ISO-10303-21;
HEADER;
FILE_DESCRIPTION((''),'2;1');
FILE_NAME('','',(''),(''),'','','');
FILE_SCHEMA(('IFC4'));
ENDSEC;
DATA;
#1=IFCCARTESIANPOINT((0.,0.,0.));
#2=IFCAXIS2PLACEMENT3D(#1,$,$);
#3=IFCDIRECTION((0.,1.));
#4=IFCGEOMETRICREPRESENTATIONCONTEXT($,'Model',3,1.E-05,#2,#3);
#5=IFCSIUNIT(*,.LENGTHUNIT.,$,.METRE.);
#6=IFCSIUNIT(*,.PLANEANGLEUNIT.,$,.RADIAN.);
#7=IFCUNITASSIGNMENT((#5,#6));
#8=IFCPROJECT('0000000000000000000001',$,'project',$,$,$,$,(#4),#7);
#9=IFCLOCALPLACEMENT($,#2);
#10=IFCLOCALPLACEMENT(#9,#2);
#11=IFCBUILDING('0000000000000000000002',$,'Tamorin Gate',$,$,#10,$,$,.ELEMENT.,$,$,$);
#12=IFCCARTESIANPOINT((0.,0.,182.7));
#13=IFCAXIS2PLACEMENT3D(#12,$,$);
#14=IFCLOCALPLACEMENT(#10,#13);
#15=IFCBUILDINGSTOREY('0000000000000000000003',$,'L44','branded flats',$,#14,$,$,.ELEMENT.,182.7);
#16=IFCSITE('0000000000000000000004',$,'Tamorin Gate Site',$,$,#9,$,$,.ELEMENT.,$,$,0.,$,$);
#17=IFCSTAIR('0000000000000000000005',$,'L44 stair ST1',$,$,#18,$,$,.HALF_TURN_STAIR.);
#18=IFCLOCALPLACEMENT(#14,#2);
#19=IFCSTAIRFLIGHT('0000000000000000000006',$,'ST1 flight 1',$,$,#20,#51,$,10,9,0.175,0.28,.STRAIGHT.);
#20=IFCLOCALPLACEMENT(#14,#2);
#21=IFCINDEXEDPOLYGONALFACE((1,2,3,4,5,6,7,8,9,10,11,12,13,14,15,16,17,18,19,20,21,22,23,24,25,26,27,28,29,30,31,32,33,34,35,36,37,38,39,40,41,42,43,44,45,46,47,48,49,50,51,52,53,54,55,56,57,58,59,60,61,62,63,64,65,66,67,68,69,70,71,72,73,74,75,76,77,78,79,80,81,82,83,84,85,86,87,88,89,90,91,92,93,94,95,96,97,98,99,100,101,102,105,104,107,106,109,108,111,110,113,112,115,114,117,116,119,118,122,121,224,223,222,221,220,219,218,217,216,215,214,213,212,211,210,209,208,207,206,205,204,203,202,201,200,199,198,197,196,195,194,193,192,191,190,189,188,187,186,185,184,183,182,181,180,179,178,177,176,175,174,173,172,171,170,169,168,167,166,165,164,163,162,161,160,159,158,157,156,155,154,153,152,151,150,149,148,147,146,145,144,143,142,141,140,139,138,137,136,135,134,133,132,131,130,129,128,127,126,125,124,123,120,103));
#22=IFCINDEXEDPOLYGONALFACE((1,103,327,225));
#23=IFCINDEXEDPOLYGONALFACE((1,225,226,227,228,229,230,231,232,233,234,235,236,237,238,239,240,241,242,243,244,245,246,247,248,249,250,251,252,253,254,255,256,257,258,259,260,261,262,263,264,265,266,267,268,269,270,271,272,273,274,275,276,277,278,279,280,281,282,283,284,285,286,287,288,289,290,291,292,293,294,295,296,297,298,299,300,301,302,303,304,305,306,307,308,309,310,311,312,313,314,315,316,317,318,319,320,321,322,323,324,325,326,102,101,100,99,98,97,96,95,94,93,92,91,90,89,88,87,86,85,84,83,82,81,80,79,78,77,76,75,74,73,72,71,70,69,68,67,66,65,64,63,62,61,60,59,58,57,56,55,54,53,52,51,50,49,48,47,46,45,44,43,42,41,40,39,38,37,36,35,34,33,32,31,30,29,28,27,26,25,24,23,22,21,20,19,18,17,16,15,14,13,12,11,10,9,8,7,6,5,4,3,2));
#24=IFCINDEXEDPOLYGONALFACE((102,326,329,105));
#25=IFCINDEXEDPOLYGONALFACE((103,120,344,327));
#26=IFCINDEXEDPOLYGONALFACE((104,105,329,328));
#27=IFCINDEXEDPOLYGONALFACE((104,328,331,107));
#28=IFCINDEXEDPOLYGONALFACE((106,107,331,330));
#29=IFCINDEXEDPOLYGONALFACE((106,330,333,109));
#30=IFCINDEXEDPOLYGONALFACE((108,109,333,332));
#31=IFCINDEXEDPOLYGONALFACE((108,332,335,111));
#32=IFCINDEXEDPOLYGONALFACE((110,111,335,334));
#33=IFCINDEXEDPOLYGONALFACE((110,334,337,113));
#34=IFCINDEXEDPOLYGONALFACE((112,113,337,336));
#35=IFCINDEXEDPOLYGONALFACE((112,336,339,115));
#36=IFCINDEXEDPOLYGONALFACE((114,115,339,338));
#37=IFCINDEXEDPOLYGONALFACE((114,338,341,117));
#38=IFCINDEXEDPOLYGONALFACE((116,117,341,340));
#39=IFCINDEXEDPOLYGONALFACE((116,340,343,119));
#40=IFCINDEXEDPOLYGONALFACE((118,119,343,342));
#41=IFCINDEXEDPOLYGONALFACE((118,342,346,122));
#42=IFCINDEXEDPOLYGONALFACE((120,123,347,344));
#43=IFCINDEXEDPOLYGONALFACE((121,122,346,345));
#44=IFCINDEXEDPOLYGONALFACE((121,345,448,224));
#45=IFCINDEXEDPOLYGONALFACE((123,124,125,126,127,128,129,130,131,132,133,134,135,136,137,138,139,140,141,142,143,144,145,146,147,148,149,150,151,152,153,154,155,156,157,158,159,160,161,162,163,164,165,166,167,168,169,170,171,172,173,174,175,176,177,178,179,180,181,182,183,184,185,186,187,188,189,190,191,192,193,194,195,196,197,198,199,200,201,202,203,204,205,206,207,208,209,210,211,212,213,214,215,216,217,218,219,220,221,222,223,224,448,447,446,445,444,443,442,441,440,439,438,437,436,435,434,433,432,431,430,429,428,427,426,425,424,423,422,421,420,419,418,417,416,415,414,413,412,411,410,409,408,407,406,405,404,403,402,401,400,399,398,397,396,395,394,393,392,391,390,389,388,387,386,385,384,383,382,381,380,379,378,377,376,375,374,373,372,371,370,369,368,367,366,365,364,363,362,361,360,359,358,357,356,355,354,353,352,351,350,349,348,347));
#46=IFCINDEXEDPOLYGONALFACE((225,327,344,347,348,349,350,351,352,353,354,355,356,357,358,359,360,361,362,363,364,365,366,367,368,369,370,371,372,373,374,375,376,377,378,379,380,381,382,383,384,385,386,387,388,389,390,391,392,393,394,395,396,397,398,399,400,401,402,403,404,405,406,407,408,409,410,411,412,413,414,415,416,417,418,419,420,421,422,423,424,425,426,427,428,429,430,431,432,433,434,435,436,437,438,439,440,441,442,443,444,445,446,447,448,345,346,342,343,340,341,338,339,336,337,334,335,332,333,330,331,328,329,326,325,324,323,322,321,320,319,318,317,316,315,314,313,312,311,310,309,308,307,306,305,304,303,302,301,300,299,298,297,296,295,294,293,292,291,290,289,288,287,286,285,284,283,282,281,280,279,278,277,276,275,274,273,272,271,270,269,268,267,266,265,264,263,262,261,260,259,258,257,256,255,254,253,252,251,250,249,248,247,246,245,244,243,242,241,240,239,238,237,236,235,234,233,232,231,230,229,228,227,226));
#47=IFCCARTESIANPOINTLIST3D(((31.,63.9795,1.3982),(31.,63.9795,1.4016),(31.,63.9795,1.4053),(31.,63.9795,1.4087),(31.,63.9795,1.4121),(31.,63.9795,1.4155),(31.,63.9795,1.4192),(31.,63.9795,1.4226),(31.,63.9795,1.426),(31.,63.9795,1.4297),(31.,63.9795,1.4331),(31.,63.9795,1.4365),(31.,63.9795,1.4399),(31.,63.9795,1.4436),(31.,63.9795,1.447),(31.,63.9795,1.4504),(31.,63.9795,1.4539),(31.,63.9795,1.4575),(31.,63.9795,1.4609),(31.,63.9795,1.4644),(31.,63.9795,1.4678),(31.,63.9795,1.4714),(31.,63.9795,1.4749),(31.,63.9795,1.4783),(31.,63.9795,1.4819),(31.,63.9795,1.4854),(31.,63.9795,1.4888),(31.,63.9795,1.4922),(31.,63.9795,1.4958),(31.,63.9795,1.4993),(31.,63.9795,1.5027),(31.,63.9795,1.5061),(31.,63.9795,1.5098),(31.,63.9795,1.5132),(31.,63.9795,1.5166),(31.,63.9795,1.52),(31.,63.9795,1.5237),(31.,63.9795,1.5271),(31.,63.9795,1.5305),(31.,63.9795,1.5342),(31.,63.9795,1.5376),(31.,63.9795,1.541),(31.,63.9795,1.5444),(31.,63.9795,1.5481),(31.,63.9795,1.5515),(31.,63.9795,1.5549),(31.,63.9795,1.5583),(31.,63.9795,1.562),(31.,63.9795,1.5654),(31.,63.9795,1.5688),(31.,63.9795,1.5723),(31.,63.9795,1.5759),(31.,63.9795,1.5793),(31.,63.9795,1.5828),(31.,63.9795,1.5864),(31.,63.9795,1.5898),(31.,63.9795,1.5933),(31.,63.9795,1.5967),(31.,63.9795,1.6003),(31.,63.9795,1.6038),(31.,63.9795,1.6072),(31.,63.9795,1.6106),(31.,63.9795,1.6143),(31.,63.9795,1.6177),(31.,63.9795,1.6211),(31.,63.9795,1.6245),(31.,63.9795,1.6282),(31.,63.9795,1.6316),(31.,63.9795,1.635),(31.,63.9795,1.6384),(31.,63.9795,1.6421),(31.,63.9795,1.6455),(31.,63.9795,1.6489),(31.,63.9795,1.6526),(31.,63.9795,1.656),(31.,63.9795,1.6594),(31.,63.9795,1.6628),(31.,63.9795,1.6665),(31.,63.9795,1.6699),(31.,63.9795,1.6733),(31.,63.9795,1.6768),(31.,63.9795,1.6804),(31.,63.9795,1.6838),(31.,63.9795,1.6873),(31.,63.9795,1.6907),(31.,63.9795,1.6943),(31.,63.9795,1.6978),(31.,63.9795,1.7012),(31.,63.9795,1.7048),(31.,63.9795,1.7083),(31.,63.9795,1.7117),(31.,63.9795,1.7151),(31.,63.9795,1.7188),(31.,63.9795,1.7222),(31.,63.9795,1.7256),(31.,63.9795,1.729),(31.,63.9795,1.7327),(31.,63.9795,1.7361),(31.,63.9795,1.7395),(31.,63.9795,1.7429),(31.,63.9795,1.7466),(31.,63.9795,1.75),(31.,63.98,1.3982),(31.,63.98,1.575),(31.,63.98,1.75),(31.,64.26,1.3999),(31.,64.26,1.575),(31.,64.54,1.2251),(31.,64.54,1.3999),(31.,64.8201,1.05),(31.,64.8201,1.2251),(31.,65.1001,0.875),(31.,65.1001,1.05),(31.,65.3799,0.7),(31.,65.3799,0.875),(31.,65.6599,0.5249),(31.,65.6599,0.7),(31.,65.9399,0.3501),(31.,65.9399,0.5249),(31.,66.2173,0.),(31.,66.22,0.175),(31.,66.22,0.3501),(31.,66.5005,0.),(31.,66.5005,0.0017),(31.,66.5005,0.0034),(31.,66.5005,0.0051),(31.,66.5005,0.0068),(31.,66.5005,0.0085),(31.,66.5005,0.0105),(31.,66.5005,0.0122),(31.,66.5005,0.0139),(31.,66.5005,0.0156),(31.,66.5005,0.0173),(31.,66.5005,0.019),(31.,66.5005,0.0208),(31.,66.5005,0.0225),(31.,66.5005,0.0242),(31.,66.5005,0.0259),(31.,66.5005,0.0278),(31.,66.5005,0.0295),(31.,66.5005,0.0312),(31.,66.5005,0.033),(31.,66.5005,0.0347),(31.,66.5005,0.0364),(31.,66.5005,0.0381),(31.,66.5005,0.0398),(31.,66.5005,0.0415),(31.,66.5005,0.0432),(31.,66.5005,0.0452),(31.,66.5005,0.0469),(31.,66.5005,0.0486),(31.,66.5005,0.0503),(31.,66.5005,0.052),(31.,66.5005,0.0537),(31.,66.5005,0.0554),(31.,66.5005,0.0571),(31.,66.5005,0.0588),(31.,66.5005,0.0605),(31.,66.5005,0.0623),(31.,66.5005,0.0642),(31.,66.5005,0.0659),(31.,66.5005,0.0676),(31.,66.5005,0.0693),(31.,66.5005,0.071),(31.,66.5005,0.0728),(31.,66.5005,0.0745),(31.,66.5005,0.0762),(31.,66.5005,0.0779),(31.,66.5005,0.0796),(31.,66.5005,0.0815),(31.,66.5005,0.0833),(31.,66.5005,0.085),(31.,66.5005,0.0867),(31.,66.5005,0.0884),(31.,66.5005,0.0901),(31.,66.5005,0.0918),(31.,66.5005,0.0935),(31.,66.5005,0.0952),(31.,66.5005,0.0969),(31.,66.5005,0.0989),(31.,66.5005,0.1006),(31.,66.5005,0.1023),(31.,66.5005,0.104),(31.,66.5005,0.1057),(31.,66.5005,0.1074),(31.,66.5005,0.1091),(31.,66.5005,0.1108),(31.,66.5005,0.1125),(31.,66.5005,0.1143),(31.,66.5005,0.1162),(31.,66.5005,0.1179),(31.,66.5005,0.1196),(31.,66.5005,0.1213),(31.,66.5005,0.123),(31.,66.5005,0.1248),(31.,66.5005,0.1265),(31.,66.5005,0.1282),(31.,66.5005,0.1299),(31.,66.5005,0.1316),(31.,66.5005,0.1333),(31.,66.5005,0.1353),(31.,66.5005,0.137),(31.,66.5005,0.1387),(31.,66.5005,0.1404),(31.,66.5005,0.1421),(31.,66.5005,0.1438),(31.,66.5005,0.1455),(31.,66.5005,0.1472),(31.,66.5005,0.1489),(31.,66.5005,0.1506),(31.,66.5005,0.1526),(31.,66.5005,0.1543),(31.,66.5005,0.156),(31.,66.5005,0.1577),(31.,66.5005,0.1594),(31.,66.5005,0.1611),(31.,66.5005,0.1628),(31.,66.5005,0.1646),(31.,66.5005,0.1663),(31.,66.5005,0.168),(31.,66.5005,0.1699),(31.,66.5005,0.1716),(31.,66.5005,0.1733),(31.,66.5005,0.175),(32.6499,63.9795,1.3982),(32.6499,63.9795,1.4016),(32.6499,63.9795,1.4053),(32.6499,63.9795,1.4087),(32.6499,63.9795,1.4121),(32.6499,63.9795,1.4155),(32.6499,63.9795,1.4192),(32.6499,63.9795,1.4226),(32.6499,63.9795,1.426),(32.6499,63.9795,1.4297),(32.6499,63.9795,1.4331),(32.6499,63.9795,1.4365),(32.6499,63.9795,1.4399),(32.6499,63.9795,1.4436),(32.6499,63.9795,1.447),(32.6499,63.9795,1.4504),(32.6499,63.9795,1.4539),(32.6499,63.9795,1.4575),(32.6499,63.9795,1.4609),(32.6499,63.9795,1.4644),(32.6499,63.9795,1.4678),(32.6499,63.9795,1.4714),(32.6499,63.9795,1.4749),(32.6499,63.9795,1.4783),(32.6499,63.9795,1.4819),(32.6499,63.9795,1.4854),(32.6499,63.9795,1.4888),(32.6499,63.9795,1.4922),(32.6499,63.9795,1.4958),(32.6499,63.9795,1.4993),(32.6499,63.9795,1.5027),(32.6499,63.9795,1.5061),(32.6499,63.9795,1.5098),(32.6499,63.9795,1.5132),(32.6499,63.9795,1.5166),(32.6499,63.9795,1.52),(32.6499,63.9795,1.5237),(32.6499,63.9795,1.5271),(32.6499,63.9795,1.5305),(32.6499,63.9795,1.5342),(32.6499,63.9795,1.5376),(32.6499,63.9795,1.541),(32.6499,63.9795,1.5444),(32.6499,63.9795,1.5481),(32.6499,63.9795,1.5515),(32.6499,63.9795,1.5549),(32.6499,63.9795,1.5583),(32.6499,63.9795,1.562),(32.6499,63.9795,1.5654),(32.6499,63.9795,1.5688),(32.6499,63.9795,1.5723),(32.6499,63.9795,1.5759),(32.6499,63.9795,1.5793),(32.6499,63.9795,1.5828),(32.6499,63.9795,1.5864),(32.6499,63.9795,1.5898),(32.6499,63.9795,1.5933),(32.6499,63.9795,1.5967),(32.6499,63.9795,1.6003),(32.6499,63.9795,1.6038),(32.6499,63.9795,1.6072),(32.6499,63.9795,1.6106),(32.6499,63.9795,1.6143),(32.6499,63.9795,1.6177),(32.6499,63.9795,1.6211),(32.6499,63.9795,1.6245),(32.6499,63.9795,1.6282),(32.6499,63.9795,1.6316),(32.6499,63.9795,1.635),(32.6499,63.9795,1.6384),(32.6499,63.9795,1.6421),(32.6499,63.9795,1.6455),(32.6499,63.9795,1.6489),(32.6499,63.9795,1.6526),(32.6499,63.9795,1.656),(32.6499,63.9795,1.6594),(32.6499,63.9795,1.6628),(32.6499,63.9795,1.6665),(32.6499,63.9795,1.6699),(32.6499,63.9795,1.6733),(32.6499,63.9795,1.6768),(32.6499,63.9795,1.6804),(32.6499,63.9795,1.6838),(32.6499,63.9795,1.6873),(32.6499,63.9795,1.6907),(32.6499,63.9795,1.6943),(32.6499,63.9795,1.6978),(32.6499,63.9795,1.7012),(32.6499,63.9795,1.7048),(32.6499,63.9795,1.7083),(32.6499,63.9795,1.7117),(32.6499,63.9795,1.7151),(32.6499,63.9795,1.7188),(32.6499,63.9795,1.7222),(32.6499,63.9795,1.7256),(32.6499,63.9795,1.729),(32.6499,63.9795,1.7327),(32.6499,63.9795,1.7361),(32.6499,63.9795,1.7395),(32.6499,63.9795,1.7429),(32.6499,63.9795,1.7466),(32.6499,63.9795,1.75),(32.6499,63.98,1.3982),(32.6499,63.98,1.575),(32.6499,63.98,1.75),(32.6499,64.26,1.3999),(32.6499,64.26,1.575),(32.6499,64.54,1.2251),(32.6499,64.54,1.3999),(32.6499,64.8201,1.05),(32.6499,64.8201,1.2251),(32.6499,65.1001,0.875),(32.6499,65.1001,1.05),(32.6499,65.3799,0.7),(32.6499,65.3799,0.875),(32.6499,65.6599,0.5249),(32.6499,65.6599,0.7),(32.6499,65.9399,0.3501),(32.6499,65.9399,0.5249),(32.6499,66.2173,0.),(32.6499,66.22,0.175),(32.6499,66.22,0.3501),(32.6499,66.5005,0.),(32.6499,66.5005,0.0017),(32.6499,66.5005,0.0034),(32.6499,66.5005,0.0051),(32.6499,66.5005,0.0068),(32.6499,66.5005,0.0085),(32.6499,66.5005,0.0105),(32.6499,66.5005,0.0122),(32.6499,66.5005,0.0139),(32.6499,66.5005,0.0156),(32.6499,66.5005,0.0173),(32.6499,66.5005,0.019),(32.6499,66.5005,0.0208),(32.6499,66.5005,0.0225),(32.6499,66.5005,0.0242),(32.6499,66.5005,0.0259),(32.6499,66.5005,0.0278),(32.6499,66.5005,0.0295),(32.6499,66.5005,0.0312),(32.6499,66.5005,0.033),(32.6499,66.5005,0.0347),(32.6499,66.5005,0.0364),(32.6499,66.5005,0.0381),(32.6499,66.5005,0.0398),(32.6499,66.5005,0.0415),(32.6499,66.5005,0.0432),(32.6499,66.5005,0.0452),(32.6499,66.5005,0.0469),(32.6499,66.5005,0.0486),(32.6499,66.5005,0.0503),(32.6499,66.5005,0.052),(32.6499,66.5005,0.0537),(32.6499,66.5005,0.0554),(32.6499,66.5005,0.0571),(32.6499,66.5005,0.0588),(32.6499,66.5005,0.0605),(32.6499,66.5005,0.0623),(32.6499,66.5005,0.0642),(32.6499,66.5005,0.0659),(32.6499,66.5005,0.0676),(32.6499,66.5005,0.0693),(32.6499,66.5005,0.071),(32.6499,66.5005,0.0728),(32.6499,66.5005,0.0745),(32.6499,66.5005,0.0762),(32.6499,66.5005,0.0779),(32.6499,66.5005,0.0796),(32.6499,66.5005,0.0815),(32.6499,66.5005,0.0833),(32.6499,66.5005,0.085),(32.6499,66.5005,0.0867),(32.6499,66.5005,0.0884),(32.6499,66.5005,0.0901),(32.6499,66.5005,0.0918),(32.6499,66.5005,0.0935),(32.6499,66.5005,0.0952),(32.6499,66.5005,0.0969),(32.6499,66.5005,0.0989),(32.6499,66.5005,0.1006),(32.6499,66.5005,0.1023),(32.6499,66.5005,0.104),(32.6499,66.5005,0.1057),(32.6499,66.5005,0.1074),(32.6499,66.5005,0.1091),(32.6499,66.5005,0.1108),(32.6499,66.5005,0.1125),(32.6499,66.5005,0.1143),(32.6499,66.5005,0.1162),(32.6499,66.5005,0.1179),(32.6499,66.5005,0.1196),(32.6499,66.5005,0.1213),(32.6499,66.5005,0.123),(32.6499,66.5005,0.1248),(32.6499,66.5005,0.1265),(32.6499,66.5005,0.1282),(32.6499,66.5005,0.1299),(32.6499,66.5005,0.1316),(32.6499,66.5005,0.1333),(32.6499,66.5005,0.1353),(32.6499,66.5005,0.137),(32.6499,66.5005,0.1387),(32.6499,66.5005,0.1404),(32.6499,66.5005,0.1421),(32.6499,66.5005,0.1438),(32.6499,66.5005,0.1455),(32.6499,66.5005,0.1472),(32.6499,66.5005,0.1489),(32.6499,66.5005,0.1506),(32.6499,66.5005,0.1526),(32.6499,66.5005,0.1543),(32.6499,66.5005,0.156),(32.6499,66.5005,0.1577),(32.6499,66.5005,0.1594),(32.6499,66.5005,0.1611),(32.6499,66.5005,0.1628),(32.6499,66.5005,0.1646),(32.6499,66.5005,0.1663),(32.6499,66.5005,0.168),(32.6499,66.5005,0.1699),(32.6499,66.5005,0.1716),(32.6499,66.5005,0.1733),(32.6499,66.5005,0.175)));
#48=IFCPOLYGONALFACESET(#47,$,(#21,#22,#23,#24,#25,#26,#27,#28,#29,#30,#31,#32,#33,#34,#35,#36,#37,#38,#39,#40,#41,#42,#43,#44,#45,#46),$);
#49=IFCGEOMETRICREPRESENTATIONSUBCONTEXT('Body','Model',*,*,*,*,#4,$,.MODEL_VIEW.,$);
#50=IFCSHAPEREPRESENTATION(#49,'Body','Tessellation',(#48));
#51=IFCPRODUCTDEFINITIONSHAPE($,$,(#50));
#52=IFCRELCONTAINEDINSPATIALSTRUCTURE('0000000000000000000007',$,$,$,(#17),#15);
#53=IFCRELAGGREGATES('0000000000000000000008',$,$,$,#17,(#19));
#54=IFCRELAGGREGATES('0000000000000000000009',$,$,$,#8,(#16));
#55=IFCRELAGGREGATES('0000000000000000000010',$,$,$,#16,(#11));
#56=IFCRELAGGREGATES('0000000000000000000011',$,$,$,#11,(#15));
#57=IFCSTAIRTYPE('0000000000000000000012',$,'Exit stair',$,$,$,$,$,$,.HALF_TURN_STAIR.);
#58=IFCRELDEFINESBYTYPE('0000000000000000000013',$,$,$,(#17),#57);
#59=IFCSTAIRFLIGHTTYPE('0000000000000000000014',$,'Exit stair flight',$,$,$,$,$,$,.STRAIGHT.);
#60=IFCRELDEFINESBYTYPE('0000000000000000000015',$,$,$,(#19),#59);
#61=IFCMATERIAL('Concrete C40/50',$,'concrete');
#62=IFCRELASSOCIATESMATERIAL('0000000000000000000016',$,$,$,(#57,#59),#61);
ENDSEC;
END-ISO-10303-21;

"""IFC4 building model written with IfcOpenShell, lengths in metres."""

from ifc_helpers import new_model, si_unit, direction, frame, origin, place, context, subcontext, project, spatial, polyline, outline, extrude, material, type_object, element, aggregate, save


model = new_model("IFC4")

# Units and contexts
model_context = context("Model", 3, precision=1e-05, world=origin(), true_north=direction((0.0, 1.0)))
body_context = subcontext(model_context, "Body", "Model", "MODEL_VIEW")
ifc_project = project(units=[si_unit("LENGTHUNIT", "METRE"), si_unit("PLANEANGLEUNIT", "RADIAN")], contexts=[model_context])

# Site, building, storey
site_placement = place(None, origin())
site = spatial("IfcSite", under=ifc_project, at=site_placement, Name="Tamorin Gate Site", CompositionType="ELEMENT", RefElevation=0.0)
building_placement = place(site_placement, origin())
building = spatial("IfcBuilding", under=site, at=building_placement, Name="Tamorin Gate", CompositionType="ELEMENT")
storey_placement = place(building_placement, frame((0.0, 0.0, 182.7)))
storey = spatial("IfcBuildingStorey", under=building, at=storey_placement, Name="L44", Description="branded flats", CompositionType="ELEMENT", Elevation=182.7)

# Shared definitions
ifc_material_1 = material(Name="Concrete C40/50", Category="concrete")

# Stair, stair flight
stair_type = type_object("IfcStairType", Name="Exit stair", PredefinedType="HALF_TURN_STAIR", material=ifc_material_1)
stair_1_placement = place(storey_placement, origin())
stair_1 = element("IfcStair", 1, at=stair_1_placement, inside=storey, type_object=stair_type, Name="L44 stair ST1", PredefinedType="HALF_TURN_STAIR")
stair_flight_type = type_object("IfcStairFlightType", Name="Exit stair flight", PredefinedType="STRAIGHT", material=ifc_material_1)
stair_flight_1_placement = place(storey_placement, frame((31.825, 66.5, 0.0), z_axis=(0.0, 0.0, 1.0), x_axis=(0.0, -1.0, 0.0)))
stair_flight_1 = element("IfcStairFlight", 2, at=stair_flight_1_placement, type_object=stair_flight_type, Name="ST1 flight 1", NumberOfRisers=10, NumberOfTreads=9, PredefinedType="STRAIGHT", RiserHeight=0.175, TreadLength=0.28, context=body_context, shape_type="SweptSolid", body=[
    extrude(outline(polyline([(-0.0005, 0.0), (-0.0005, 0.0017), (-0.0005, 0.0034), (-0.0005, 0.0051), (-0.0005, 0.0068), (-0.0005, 0.0085), (-0.0005, 0.0105), (-0.0005, 0.0122), (-0.0005, 0.0139), (-0.0005, 0.0156), (-0.0005, 0.0173), (-0.0005, 0.019), (-0.0005, 0.0208), (-0.0005, 0.0225), (-0.0005, 0.0242), (-0.0005, 0.0259), (-0.0005, 0.0278), (-0.0005, 0.0295), (-0.0005, 0.0312), (-0.0005, 0.033), (-0.0005, 0.0347), (-0.0005, 0.0364), (-0.0005, 0.0381), (-0.0005, 0.0398), (-0.0005, 0.0415), (-0.0005, 0.0432), (-0.0005, 0.0452), (-0.0005, 0.0469), (-0.0005, 0.0486), (-0.0005, 0.0503), (-0.0005, 0.052), (-0.0005, 0.0537), (-0.0005, 0.0554), (-0.0005, 0.0571), (-0.0005, 0.0588), (-0.0005, 0.0605), (-0.0005, 0.0623), (-0.0005, 0.0642), (-0.0005, 0.0659), (-0.0005, 0.0676), (-0.0005, 0.0693), (-0.0005, 0.071), (-0.0005, 0.0728), (-0.0005, 0.0745), (-0.0005, 0.0762), (-0.0005, 0.0779), (-0.0005, 0.0796), (-0.0005, 0.0815), (-0.0005, 0.0833), (-0.0005, 0.085), (-0.0005, 0.0867), (-0.0005, 0.0884), (-0.0005, 0.0901), (-0.0005, 0.0918), (-0.0005, 0.0935), (-0.0005, 0.0952), (-0.0005, 0.0969), (-0.0005, 0.0989), (-0.0005, 0.1006), (-0.0005, 0.1023), (-0.0005, 0.104), (-0.0005, 0.1057), (-0.0005, 0.1074), (-0.0005, 0.1091), (-0.0005, 0.1108), (-0.0005, 0.1125), (-0.0005, 0.1143), (-0.0005, 0.1162), (-0.0005, 0.1179), (-0.0005, 0.1196), (-0.0005, 0.1213), (-0.0005, 0.123), (-0.0005, 0.1248), (-0.0005, 0.1265), (-0.0005, 0.1282), (-0.0005, 0.1299), (-0.0005, 0.1316), (-0.0005, 0.1333), (-0.0005, 0.1353), (-0.0005, 0.137), (-0.0005, 0.1387), (-0.0005, 0.1404), (-0.0005, 0.1421), (-0.0005, 0.1438), (-0.0005, 0.1455), (-0.0005, 0.1472), (-0.0005, 0.1489), (-0.0005, 0.1506), (-0.0005, 0.1526), (-0.0005, 0.1543), (-0.0005, 0.156), (-0.0005, 0.1577), (-0.0005, 0.1594), (-0.0005, 0.1611), (-0.0005, 0.1628), (-0.0005, 0.1646), (-0.0005, 0.1663), (-0.0005, 0.168), (-0.0005, 0.1699), (-0.0005, 0.1716), (-0.0005, 0.1733), (-0.0005, 0.175), (0.28, 0.175), (0.28, 0.3501), (0.5601, 0.3501), (0.5601, 0.5249), (0.8401, 0.5249), (0.8401, 0.7), (1.1201, 0.7), (1.1201, 0.875), (1.3999, 0.875), (1.3999, 1.05), (1.6799, 1.05), (1.6799, 1.2251), (1.96, 1.2251), (1.96, 1.3999), (2.24, 1.3999), (2.24, 1.575), (2.52, 1.575), (2.52, 1.75), (2.5205, 1.75), (2.5205, 1.7466), (2.5205, 1.7429), (2.5205, 1.7395), (2.5205, 1.7361), (2.5205, 1.7327), (2.5205, 1.729), (2.5205, 1.7256), (2.5205, 1.7222), (2.5205, 1.7188), (2.5205, 1.7151), (2.5205, 1.7117), (2.5205, 1.7083), (2.5205, 1.7048), (2.5205, 1.7012), (2.5205, 1.6978), (2.5205, 1.6943), (2.5205, 1.6907), (2.5205, 1.6873), (2.5205, 1.6838), (2.5205, 1.6804), (2.5205, 1.6768), (2.5205, 1.6733), (2.5205, 1.6699), (2.5205, 1.6665), (2.5205, 1.6628), (2.5205, 1.6594), (2.5205, 1.656), (2.5205, 1.6526), (2.5205, 1.6489), (2.5205, 1.6455), (2.5205, 1.6421), (2.5205, 1.6384), (2.5205, 1.635), (2.5205, 1.6316), (2.5205, 1.6282), (2.5205, 1.6245), (2.5205, 1.6211), (2.5205, 1.6177), (2.5205, 1.6143), (2.5205, 1.6106), (2.5205, 1.6072), (2.5205, 1.6038), (2.5205, 1.6003), (2.5205, 1.5967), (2.5205, 1.5933), (2.5205, 1.5898), (2.5205, 1.5864), (2.5205, 1.5828), (2.5205, 1.5793), (2.5205, 1.5759), (2.5205, 1.5723), (2.5205, 1.5688), (2.5205, 1.5654), (2.5205, 1.562), (2.5205, 1.5583), (2.5205, 1.5549), (2.5205, 1.5515), (2.5205, 1.5481), (2.5205, 1.5444), (2.5205, 1.541), (2.5205, 1.5376), (2.5205, 1.5342), (2.5205, 1.5305), (2.5205, 1.5271), (2.5205, 1.5237), (2.5205, 1.52), (2.5205, 1.5166), (2.5205, 1.5132), (2.5205, 1.5098), (2.5205, 1.5061), (2.5205, 1.5027), (2.5205, 1.4993), (2.5205, 1.4958), (2.5205, 1.4922), (2.5205, 1.4888), (2.5205, 1.4854), (2.5205, 1.4819), (2.5205, 1.4783), (2.5205, 1.4749), (2.5205, 1.4714), (2.5205, 1.4678), (2.5205, 1.4644), (2.5205, 1.4609), (2.5205, 1.4575), (2.5205, 1.4539), (2.5205, 1.4504), (2.5205, 1.447), (2.5205, 1.4436), (2.5205, 1.4399), (2.5205, 1.4365), (2.5205, 1.4331), (2.5205, 1.4297), (2.5205, 1.426), (2.5205, 1.4226), (2.5205, 1.4192), (2.5205, 1.4155), (2.5205, 1.4121), (2.5205, 1.4087), (2.5205, 1.4053), (2.5205, 1.4016), (2.5205, 1.3982), (2.52, 1.3982), (0.2827, 0.0), (-0.0005, 0.0)])), frame((0.0, 0.825, 0.0), z_axis=(0.0, -1.0, 0.0), x_axis=(1.0, 0.0, 0.0)), (0.0, 0.0, 1.0), 1.6499),
])
aggregate(stair_1, [stair_flight_1])

save(model, "model.ifc")
